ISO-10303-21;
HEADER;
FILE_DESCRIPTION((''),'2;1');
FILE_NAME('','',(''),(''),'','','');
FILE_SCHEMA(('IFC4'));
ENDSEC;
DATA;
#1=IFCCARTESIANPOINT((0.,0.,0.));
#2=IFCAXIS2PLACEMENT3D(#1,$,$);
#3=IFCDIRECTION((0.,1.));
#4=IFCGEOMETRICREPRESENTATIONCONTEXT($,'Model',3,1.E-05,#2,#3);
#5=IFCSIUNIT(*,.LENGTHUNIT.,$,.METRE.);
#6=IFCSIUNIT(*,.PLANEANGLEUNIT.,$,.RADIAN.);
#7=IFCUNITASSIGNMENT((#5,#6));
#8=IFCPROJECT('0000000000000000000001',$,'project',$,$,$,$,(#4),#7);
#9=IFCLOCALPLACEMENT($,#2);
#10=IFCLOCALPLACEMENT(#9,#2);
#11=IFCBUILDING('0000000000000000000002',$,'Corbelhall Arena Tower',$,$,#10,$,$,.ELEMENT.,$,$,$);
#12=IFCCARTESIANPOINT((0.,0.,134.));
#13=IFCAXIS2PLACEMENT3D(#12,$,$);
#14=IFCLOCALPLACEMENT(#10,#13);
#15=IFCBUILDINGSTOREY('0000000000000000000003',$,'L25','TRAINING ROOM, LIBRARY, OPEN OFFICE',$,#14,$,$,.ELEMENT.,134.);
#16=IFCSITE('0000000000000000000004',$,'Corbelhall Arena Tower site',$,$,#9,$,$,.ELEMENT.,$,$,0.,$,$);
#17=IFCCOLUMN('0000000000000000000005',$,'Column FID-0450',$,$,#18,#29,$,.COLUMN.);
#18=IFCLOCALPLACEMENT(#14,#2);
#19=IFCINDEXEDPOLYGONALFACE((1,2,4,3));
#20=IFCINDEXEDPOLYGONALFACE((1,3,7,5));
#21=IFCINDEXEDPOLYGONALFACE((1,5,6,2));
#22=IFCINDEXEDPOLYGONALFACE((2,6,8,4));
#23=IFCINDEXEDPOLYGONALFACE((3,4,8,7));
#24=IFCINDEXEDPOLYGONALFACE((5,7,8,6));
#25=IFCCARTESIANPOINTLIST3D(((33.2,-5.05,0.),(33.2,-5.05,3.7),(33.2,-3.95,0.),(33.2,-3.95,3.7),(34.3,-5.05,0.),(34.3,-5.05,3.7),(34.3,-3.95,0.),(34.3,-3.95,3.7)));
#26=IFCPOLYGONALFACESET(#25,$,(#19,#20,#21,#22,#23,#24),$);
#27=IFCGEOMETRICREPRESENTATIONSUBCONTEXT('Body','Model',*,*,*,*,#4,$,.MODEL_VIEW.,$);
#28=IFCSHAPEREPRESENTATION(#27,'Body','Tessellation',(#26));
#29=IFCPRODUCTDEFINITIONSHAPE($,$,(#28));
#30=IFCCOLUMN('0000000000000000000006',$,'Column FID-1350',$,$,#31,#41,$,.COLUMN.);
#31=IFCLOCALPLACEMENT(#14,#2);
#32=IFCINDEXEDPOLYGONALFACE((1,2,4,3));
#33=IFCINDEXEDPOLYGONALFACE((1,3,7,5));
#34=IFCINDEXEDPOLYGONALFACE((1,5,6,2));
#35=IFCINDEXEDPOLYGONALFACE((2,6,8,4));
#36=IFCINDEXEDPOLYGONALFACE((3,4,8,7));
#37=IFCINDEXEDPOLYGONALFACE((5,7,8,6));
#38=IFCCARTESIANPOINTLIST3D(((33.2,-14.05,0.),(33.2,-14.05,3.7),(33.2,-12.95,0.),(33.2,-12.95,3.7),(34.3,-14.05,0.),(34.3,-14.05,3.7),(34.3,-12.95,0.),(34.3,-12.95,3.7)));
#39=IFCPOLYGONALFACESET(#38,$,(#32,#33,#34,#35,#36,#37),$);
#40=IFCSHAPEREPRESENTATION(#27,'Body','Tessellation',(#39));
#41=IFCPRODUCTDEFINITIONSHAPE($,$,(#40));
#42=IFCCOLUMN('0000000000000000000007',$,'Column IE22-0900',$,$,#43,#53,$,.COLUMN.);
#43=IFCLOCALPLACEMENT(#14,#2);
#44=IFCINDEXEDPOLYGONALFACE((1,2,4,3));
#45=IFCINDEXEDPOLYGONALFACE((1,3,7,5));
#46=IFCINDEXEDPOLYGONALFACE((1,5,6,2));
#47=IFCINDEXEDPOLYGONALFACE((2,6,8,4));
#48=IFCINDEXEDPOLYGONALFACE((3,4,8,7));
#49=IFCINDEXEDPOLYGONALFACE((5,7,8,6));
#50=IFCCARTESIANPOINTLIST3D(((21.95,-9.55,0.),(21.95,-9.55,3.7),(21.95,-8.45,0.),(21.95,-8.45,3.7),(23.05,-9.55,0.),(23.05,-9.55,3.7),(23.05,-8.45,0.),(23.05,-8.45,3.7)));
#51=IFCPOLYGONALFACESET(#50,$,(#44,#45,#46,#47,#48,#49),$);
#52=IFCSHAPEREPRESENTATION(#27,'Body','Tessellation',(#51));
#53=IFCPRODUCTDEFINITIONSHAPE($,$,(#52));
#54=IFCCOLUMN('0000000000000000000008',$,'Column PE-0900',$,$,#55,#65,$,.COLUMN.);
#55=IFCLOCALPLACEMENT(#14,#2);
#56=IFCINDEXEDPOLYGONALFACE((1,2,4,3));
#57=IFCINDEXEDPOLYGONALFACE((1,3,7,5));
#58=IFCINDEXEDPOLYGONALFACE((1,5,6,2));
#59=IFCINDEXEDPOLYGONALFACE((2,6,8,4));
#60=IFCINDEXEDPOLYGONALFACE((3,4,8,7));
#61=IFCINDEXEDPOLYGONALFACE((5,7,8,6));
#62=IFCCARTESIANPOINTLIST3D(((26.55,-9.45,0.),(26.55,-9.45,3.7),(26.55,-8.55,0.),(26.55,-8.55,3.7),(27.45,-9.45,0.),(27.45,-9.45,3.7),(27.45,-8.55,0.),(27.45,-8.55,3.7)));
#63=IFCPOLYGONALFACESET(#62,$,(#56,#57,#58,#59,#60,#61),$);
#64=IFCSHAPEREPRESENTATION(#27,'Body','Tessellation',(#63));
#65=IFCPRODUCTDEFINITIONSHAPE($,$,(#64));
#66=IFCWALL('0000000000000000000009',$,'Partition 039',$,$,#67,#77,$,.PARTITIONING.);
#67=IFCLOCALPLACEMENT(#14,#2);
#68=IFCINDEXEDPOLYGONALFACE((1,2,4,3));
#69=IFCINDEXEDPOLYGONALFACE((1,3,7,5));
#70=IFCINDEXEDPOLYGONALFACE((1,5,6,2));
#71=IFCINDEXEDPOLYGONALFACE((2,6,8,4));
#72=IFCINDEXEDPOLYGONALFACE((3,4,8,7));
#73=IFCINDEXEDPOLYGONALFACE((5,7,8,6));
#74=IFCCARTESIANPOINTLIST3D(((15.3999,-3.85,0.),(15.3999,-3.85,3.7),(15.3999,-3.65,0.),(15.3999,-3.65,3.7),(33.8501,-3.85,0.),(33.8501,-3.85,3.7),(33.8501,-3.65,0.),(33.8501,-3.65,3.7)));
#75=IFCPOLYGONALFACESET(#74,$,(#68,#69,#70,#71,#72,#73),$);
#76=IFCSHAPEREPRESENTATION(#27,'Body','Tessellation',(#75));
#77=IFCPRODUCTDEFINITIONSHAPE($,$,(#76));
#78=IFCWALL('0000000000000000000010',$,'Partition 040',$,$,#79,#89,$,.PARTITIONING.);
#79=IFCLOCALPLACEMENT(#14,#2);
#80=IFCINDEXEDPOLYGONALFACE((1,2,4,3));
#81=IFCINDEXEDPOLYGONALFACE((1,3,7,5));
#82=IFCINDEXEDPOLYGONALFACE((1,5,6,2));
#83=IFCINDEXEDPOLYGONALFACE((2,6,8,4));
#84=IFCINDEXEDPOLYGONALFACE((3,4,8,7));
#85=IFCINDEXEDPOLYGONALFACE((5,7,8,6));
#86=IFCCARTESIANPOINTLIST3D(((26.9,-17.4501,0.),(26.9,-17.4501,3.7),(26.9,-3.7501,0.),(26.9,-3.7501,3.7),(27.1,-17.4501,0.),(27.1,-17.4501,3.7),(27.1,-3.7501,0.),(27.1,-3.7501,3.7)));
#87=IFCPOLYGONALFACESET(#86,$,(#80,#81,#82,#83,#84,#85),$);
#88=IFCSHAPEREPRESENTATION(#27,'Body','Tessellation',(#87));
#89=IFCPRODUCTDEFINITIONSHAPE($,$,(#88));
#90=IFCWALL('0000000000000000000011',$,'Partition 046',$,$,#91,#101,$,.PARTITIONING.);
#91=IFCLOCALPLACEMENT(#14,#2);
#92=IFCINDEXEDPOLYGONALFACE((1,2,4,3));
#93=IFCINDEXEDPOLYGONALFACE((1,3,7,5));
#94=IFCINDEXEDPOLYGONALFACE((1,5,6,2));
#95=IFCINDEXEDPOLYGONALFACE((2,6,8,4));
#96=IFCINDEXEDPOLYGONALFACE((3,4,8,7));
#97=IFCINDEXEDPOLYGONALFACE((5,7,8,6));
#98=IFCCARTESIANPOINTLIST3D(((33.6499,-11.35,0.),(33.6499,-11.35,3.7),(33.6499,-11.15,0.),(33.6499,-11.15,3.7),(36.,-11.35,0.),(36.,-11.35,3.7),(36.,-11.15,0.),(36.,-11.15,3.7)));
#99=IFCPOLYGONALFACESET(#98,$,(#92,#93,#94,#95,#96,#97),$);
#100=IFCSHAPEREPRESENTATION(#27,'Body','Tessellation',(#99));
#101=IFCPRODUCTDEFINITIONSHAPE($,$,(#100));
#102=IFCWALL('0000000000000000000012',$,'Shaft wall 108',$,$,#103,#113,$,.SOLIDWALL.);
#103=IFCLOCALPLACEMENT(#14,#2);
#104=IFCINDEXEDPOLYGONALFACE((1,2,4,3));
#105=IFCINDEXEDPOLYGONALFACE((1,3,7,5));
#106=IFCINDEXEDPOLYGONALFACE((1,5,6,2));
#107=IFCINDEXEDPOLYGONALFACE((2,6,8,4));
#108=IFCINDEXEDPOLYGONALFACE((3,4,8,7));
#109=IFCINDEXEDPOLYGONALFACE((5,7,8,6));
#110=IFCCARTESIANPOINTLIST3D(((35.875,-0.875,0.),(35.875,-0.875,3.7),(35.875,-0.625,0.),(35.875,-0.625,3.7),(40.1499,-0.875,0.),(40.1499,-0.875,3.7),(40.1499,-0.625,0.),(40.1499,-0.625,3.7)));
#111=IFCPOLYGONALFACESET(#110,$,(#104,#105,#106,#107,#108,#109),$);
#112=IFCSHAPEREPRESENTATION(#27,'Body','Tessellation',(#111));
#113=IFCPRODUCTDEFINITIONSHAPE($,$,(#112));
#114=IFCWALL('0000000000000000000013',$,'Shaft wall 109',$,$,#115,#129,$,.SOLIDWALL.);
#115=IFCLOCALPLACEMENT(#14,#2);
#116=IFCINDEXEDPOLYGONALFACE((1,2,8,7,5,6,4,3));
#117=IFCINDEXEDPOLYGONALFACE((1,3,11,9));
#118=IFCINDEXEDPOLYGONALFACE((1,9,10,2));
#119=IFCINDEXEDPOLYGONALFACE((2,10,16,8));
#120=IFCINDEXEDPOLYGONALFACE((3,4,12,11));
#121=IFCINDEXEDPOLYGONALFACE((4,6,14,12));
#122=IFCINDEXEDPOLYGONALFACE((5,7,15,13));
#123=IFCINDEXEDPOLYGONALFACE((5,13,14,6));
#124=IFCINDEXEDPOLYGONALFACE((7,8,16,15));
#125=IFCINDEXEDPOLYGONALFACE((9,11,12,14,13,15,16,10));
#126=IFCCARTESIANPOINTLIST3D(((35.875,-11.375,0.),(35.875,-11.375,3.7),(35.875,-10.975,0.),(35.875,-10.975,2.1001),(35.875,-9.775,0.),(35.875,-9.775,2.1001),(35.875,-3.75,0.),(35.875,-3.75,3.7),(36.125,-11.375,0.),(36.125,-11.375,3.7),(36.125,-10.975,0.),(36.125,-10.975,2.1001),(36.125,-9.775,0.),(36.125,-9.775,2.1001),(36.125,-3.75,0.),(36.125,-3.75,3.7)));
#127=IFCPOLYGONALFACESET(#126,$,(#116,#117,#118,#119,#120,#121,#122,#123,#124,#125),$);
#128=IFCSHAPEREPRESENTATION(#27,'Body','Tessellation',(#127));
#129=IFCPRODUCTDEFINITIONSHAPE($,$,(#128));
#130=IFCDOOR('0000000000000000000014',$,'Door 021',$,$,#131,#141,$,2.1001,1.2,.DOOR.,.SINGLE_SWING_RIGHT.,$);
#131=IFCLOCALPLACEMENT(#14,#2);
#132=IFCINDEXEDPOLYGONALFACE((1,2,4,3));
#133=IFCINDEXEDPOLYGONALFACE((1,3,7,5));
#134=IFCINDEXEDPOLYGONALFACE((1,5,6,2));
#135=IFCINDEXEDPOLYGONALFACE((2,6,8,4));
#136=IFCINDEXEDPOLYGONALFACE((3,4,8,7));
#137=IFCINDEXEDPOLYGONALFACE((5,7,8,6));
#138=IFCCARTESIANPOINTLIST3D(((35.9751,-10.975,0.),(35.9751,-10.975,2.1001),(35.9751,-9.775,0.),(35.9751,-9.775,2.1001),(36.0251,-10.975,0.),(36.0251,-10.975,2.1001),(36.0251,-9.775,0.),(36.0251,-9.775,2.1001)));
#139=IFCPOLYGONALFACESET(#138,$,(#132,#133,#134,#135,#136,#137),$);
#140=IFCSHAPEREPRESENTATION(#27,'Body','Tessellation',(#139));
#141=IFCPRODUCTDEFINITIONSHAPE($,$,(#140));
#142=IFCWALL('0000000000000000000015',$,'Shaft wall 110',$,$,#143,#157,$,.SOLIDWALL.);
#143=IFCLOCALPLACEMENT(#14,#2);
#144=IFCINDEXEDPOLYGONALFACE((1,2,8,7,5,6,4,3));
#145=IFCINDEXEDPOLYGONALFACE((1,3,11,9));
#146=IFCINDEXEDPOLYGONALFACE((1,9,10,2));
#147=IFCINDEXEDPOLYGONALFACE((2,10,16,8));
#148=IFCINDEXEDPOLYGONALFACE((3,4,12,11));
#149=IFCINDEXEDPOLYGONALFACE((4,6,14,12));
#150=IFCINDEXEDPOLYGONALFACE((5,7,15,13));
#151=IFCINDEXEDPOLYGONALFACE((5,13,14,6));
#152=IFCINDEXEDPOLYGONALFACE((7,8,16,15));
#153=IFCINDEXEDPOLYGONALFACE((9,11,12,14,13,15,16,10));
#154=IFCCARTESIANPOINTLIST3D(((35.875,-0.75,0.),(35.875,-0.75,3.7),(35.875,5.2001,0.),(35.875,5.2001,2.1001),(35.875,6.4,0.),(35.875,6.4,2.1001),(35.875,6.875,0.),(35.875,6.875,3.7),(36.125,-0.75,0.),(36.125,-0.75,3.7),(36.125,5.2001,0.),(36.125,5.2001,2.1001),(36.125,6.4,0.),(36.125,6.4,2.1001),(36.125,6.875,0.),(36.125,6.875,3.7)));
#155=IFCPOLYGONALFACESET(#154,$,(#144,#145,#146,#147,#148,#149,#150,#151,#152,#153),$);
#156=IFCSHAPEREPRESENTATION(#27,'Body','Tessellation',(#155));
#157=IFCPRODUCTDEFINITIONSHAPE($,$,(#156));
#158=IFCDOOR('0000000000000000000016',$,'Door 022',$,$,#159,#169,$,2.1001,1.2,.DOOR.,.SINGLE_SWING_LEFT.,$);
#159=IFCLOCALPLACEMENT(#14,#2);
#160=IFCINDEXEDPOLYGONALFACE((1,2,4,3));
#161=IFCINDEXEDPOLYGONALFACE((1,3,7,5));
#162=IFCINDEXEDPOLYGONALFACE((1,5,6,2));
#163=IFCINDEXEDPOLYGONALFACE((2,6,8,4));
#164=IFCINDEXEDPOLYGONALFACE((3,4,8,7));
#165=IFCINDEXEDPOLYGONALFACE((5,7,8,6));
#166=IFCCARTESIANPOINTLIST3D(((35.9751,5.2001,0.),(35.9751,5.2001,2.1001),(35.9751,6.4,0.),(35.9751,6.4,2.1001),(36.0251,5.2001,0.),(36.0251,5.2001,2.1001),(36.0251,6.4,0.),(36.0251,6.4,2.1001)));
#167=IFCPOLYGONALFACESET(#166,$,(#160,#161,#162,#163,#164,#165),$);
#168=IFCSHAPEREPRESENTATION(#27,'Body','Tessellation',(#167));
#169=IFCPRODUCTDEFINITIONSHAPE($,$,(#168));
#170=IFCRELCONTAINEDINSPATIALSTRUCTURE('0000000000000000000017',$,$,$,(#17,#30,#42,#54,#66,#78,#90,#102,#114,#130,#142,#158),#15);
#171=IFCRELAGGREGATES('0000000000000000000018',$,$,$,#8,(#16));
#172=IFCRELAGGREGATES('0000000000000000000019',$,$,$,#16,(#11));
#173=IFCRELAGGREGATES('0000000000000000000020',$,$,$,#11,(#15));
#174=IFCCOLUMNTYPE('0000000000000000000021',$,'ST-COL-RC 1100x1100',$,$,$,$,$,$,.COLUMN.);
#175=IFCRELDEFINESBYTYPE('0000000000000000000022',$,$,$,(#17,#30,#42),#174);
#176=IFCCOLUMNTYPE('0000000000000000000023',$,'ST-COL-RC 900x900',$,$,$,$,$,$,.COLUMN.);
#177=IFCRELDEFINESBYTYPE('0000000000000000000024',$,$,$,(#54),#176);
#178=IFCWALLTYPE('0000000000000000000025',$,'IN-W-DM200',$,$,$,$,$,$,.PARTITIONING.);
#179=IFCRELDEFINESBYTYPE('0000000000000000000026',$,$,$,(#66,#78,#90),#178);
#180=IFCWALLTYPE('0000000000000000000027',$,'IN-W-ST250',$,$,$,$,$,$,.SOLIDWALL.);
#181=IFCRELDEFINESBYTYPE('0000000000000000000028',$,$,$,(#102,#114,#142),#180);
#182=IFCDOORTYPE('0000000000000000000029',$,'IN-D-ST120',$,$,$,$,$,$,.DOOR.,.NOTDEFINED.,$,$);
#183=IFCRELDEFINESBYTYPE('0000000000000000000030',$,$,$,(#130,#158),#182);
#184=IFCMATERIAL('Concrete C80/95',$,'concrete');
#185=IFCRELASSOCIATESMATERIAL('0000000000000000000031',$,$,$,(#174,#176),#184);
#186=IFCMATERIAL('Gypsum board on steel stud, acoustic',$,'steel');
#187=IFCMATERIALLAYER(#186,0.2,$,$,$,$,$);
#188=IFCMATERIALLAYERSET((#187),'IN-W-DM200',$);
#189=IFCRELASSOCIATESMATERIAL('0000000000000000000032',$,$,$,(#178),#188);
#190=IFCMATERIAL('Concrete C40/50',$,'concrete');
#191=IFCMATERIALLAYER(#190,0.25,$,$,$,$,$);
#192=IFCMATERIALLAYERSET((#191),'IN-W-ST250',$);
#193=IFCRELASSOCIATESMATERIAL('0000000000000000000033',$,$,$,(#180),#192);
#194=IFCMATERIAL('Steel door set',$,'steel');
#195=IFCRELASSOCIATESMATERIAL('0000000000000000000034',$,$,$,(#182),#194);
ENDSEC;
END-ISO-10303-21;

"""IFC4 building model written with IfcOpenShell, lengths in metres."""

from ifc_helpers import new_model, si_unit, direction, frame, frame_2d, origin, origin_2d, place, context, subcontext, project, spatial, rectangle, extrude, material, layer, layer_set, material_profile, profile_set, type_object, element, fill, save


model = new_model("IFC4")

# Units and contexts
model_context = context("Model", 3, precision=1e-05, world=origin(), true_north=direction((0.0, 1.0)))
body_context = subcontext(model_context, "Body", "Model", "MODEL_VIEW")
ifc_project = project(units=[si_unit("LENGTHUNIT", "METRE"), si_unit("PLANEANGLEUNIT", "RADIAN")], contexts=[model_context])

# Site, building, storey
site_placement = place(None, origin())
site = spatial("IfcSite", under=ifc_project, at=site_placement, Name="Corbelhall Arena Tower site", CompositionType="ELEMENT", RefElevation=0.0)
building_placement = place(site_placement, origin())
building = spatial("IfcBuilding", under=site, at=building_placement, Name="Corbelhall Arena Tower", CompositionType="ELEMENT")
storey_placement = place(building_placement, frame((0.0, 0.0, 134.0)))
storey = spatial("IfcBuildingStorey", under=building, at=storey_placement, Name="L25", Description="TRAINING ROOM, LIBRARY, OPEN OFFICE", CompositionType="ELEMENT", Elevation=134.0)

# Columns
ifc_material_1 = material(Name="Concrete C80/95", Category="concrete")
ifc_material_profile_1 = material_profile(ifc_material_1, rectangle(XDim=1.1001, YDim=1.1001, at=origin_2d()))
ifc_profile_set_1 = profile_set([ifc_material_profile_1], Name="Concrete C80/95")
column_type_1 = type_object("IfcColumnType", Name="ST-COL-RC 1100x1100", PredefinedType="COLUMN", material=ifc_profile_set_1)
for number, where, z_axis, x_axis, name in (
    (1, (33.75, -4.5, 0.0), (0.0, 0.0, 1.0), (1.0, 0.0, 0.0), "Column FID-0450"),
    (2, (33.75, -13.5, 0.0), (0.0, 0.0, 1.0), (1.0, 0.0, 0.0), "Column FID-1350"),
    (3, (22.5, -9.0, 0.0), (0.0, 0.0, 1.0), (1.0, 0.0, 0.0), "Column IE22-0900"),
):
    element("IfcColumn", number, at=place(storey_placement, frame(where, z_axis=z_axis, x_axis=x_axis)), inside=storey, type_object=column_type_1, Name=name, PredefinedType="COLUMN", context=body_context, shape_type="SweptSolid", body=[
        extrude(rectangle(XDim=1.1001, YDim=1.1001, at=origin_2d()), origin(), (0.0, 0.0, 1.0), 3.7),
    ])
ifc_material_profile_2 = material_profile(ifc_material_1, rectangle(XDim=0.8999, YDim=0.8999, at=origin_2d()))
ifc_profile_set_2 = profile_set([ifc_material_profile_2], Name="Concrete C80/95")
column_type_2 = type_object("IfcColumnType", Name="ST-COL-RC 900x900", PredefinedType="COLUMN", material=ifc_profile_set_2)
column_placement = place(storey_placement, frame((27.0, -9.0, 0.0), z_axis=(0.0, 0.0, 1.0), x_axis=(1.0, 0.0, 0.0)))
element("IfcColumn", 4, at=column_placement, inside=storey, type_object=column_type_2, Name="Column PE-0900", PredefinedType="COLUMN", context=body_context, shape_type="SweptSolid", body=[
    extrude(rectangle(XDim=0.8999, YDim=0.8999, at=origin_2d()), origin(), (0.0, 0.0, 1.0), 3.7),
])

# Shared definitions
ifc_material_2 = material(Name="Gypsum board on steel stud, acoustic", Category="steel")
ifc_layer_1 = layer(ifc_material_2, 0.2)
ifc_layer_set_1 = layer_set([ifc_layer_1], Name="IN-W-DM200")
wall_type_1 = type_object("IfcWallType", Name="IN-W-DM200", PredefinedType="PARTITIONING", material=ifc_layer_set_1)
ifc_material_3 = material(Name="Steel door set", Category="steel")

# Walls
wall_1_placement = place(storey_placement, frame((33.8501, -3.75, 0.0), z_axis=(0.0, 0.0, 1.0), x_axis=(-1.0, 0.0, 0.0)))
element("IfcWall", 5, at=wall_1_placement, inside=storey, type_object=wall_type_1, Name="Partition 039", PredefinedType="PARTITIONING", context=body_context, shape_type="SweptSolid", body=[
    extrude(rectangle(XDim=18.4502, YDim=0.2, at=frame_2d((9.2251, 0.0))), origin(), (0.0, 0.0, 1.0), 3.7),
])
wall_2_placement = place(storey_placement, frame((27.0, -3.75, 0.0), z_axis=(0.0, 0.0, 1.0), x_axis=(0.0, -1.0, 0.0)))
element("IfcWall", 6, at=wall_2_placement, inside=storey, type_object=wall_type_1, Name="Partition 040", PredefinedType="PARTITIONING", context=body_context, shape_type="SweptSolid", body=[
    extrude(rectangle(XDim=13.7, YDim=0.2, at=frame_2d((6.8501, 0.0))), origin(), (0.0, 0.0, 1.0), 3.7),
])

# Walls
wall_3_placement = place(storey_placement, frame((36.0, -11.25, 0.0), z_axis=(0.0, 0.0, 1.0), x_axis=(-1.0, 0.0, 0.0)))
element("IfcWall", 7, at=wall_3_placement, inside=storey, type_object=wall_type_1, Name="Partition 046", PredefinedType="PARTITIONING", context=body_context, shape_type="SweptSolid", body=[
    extrude(rectangle(XDim=2.3501, YDim=0.2, at=frame_2d((1.175, 0.0))), origin(), (0.0, 0.0, 1.0), 3.7),
])
ifc_material_4 = material(Name="Concrete C40/50", Category="concrete")
ifc_layer_2 = layer(ifc_material_4, 0.25)
ifc_layer_set_2 = layer_set([ifc_layer_2], Name="IN-W-ST250")
wall_type_2 = type_object("IfcWallType", Name="IN-W-ST250", PredefinedType="SOLIDWALL", material=ifc_layer_set_2)
wall_4_placement = place(storey_placement, frame((35.875, -0.75, 0.0), z_axis=(0.0, 0.0, 1.0), x_axis=(1.0, 0.0, 0.0)))
element("IfcWall", 8, at=wall_4_placement, inside=storey, type_object=wall_type_2, Name="Shaft wall 108", PredefinedType="SOLIDWALL", context=body_context, shape_type="SweptSolid", body=[
    extrude(rectangle(XDim=4.2749, YDim=0.25, at=frame_2d((2.1375, 0.0))), origin(), (0.0, 0.0, 1.0), 3.7),
])

# Walls, openings, doors
wall_5_placement = place(storey_placement, frame((36.0, -11.375, 0.0), z_axis=(0.0, 0.0, 1.0), x_axis=(0.0, 1.0, 0.0)))
wall_5 = element("IfcWall", 9, at=wall_5_placement, inside=storey, type_object=wall_type_2, Name="Shaft wall 109", PredefinedType="SOLIDWALL", context=body_context, shape_type="SweptSolid", body=[
    extrude(rectangle(XDim=7.625, YDim=0.25, at=frame_2d((3.8125, 0.0))), origin(), (0.0, 0.0, 1.0), 3.7),
])
opening_1_placement = place(wall_5_placement, frame((0.3999, 0.0, 0.0)))
opening_1 = element("IfcOpeningElement", 10, at=opening_1_placement, cuts=wall_5, PredefinedType="OPENING", context=body_context, shape_type="SweptSolid", body=[
    extrude(rectangle(XDim=1.2, YDim=2.1001, at=frame_2d((0.6001, 1.05))), frame((0.0, 0.125, 0.0), z_axis=(0.0, -1.0, 0.0), x_axis=(1.0, 0.0, 0.0)), (0.0, 0.0, 1.0), 0.25),
])
door_type_1 = type_object("IfcDoorType", Name="IN-D-ST120", OperationType="NOTDEFINED", PredefinedType="DOOR", material=ifc_material_3)
door_1_placement = place(opening_1_placement, origin())
door_1 = element("IfcDoor", 11, at=door_1_placement, inside=storey, type_object=door_type_1, Name="Door 021", OperationType="SINGLE_SWING_RIGHT", OverallHeight=2.1001, OverallWidth=1.2, PredefinedType="DOOR", context=body_context, shape_type="SweptSolid", body=[
    extrude(rectangle(XDim=1.2, YDim=2.1001, at=frame_2d((0.6001, 1.05))), frame((0.0, 0.0249, 0.0), z_axis=(0.0, -1.0, 0.0), x_axis=(1.0, 0.0, 0.0)), (0.0, 0.0, 1.0), 0.05),
])
fill(opening_1, door_1)
wall_6_placement = place(storey_placement, frame((36.0, -0.75, 0.0), z_axis=(0.0, 0.0, 1.0), x_axis=(0.0, 1.0, 0.0)))
wall_6 = element("IfcWall", 12, at=wall_6_placement, inside=storey, type_object=wall_type_2, Name="Shaft wall 110", PredefinedType="SOLIDWALL", context=body_context, shape_type="SweptSolid", body=[
    extrude(rectangle(XDim=7.625, YDim=0.25, at=frame_2d((3.8125, 0.0))), origin(), (0.0, 0.0, 1.0), 3.7),
])
opening_2_placement = place(wall_6_placement, frame((5.95, 0.0, 0.0)))
opening_2 = element("IfcOpeningElement", 13, at=opening_2_placement, cuts=wall_6, PredefinedType="OPENING", context=body_context, shape_type="SweptSolid", body=[
    extrude(rectangle(XDim=1.2, YDim=2.1001, at=frame_2d((0.6001, 1.05))), frame((0.0, 0.125, 0.0), z_axis=(0.0, -1.0, 0.0), x_axis=(1.0, 0.0, 0.0)), (0.0, 0.0, 1.0), 0.25),
])
door_2_placement = place(opening_2_placement, origin())
door_2 = element("IfcDoor", 14, at=door_2_placement, inside=storey, type_object=door_type_1, Name="Door 022", OperationType="SINGLE_SWING_LEFT", OverallHeight=2.1001, OverallWidth=1.2, PredefinedType="DOOR", context=body_context, shape_type="SweptSolid", body=[
    extrude(rectangle(XDim=1.2, YDim=2.1001, at=frame_2d((0.6001, 1.05))), frame((0.0, 0.0249, 0.0), z_axis=(0.0, -1.0, 0.0), x_axis=(1.0, 0.0, 0.0)), (0.0, 0.0, 1.0), 0.05),
])
fill(opening_2, door_2)

save(model, "model.ifc")
